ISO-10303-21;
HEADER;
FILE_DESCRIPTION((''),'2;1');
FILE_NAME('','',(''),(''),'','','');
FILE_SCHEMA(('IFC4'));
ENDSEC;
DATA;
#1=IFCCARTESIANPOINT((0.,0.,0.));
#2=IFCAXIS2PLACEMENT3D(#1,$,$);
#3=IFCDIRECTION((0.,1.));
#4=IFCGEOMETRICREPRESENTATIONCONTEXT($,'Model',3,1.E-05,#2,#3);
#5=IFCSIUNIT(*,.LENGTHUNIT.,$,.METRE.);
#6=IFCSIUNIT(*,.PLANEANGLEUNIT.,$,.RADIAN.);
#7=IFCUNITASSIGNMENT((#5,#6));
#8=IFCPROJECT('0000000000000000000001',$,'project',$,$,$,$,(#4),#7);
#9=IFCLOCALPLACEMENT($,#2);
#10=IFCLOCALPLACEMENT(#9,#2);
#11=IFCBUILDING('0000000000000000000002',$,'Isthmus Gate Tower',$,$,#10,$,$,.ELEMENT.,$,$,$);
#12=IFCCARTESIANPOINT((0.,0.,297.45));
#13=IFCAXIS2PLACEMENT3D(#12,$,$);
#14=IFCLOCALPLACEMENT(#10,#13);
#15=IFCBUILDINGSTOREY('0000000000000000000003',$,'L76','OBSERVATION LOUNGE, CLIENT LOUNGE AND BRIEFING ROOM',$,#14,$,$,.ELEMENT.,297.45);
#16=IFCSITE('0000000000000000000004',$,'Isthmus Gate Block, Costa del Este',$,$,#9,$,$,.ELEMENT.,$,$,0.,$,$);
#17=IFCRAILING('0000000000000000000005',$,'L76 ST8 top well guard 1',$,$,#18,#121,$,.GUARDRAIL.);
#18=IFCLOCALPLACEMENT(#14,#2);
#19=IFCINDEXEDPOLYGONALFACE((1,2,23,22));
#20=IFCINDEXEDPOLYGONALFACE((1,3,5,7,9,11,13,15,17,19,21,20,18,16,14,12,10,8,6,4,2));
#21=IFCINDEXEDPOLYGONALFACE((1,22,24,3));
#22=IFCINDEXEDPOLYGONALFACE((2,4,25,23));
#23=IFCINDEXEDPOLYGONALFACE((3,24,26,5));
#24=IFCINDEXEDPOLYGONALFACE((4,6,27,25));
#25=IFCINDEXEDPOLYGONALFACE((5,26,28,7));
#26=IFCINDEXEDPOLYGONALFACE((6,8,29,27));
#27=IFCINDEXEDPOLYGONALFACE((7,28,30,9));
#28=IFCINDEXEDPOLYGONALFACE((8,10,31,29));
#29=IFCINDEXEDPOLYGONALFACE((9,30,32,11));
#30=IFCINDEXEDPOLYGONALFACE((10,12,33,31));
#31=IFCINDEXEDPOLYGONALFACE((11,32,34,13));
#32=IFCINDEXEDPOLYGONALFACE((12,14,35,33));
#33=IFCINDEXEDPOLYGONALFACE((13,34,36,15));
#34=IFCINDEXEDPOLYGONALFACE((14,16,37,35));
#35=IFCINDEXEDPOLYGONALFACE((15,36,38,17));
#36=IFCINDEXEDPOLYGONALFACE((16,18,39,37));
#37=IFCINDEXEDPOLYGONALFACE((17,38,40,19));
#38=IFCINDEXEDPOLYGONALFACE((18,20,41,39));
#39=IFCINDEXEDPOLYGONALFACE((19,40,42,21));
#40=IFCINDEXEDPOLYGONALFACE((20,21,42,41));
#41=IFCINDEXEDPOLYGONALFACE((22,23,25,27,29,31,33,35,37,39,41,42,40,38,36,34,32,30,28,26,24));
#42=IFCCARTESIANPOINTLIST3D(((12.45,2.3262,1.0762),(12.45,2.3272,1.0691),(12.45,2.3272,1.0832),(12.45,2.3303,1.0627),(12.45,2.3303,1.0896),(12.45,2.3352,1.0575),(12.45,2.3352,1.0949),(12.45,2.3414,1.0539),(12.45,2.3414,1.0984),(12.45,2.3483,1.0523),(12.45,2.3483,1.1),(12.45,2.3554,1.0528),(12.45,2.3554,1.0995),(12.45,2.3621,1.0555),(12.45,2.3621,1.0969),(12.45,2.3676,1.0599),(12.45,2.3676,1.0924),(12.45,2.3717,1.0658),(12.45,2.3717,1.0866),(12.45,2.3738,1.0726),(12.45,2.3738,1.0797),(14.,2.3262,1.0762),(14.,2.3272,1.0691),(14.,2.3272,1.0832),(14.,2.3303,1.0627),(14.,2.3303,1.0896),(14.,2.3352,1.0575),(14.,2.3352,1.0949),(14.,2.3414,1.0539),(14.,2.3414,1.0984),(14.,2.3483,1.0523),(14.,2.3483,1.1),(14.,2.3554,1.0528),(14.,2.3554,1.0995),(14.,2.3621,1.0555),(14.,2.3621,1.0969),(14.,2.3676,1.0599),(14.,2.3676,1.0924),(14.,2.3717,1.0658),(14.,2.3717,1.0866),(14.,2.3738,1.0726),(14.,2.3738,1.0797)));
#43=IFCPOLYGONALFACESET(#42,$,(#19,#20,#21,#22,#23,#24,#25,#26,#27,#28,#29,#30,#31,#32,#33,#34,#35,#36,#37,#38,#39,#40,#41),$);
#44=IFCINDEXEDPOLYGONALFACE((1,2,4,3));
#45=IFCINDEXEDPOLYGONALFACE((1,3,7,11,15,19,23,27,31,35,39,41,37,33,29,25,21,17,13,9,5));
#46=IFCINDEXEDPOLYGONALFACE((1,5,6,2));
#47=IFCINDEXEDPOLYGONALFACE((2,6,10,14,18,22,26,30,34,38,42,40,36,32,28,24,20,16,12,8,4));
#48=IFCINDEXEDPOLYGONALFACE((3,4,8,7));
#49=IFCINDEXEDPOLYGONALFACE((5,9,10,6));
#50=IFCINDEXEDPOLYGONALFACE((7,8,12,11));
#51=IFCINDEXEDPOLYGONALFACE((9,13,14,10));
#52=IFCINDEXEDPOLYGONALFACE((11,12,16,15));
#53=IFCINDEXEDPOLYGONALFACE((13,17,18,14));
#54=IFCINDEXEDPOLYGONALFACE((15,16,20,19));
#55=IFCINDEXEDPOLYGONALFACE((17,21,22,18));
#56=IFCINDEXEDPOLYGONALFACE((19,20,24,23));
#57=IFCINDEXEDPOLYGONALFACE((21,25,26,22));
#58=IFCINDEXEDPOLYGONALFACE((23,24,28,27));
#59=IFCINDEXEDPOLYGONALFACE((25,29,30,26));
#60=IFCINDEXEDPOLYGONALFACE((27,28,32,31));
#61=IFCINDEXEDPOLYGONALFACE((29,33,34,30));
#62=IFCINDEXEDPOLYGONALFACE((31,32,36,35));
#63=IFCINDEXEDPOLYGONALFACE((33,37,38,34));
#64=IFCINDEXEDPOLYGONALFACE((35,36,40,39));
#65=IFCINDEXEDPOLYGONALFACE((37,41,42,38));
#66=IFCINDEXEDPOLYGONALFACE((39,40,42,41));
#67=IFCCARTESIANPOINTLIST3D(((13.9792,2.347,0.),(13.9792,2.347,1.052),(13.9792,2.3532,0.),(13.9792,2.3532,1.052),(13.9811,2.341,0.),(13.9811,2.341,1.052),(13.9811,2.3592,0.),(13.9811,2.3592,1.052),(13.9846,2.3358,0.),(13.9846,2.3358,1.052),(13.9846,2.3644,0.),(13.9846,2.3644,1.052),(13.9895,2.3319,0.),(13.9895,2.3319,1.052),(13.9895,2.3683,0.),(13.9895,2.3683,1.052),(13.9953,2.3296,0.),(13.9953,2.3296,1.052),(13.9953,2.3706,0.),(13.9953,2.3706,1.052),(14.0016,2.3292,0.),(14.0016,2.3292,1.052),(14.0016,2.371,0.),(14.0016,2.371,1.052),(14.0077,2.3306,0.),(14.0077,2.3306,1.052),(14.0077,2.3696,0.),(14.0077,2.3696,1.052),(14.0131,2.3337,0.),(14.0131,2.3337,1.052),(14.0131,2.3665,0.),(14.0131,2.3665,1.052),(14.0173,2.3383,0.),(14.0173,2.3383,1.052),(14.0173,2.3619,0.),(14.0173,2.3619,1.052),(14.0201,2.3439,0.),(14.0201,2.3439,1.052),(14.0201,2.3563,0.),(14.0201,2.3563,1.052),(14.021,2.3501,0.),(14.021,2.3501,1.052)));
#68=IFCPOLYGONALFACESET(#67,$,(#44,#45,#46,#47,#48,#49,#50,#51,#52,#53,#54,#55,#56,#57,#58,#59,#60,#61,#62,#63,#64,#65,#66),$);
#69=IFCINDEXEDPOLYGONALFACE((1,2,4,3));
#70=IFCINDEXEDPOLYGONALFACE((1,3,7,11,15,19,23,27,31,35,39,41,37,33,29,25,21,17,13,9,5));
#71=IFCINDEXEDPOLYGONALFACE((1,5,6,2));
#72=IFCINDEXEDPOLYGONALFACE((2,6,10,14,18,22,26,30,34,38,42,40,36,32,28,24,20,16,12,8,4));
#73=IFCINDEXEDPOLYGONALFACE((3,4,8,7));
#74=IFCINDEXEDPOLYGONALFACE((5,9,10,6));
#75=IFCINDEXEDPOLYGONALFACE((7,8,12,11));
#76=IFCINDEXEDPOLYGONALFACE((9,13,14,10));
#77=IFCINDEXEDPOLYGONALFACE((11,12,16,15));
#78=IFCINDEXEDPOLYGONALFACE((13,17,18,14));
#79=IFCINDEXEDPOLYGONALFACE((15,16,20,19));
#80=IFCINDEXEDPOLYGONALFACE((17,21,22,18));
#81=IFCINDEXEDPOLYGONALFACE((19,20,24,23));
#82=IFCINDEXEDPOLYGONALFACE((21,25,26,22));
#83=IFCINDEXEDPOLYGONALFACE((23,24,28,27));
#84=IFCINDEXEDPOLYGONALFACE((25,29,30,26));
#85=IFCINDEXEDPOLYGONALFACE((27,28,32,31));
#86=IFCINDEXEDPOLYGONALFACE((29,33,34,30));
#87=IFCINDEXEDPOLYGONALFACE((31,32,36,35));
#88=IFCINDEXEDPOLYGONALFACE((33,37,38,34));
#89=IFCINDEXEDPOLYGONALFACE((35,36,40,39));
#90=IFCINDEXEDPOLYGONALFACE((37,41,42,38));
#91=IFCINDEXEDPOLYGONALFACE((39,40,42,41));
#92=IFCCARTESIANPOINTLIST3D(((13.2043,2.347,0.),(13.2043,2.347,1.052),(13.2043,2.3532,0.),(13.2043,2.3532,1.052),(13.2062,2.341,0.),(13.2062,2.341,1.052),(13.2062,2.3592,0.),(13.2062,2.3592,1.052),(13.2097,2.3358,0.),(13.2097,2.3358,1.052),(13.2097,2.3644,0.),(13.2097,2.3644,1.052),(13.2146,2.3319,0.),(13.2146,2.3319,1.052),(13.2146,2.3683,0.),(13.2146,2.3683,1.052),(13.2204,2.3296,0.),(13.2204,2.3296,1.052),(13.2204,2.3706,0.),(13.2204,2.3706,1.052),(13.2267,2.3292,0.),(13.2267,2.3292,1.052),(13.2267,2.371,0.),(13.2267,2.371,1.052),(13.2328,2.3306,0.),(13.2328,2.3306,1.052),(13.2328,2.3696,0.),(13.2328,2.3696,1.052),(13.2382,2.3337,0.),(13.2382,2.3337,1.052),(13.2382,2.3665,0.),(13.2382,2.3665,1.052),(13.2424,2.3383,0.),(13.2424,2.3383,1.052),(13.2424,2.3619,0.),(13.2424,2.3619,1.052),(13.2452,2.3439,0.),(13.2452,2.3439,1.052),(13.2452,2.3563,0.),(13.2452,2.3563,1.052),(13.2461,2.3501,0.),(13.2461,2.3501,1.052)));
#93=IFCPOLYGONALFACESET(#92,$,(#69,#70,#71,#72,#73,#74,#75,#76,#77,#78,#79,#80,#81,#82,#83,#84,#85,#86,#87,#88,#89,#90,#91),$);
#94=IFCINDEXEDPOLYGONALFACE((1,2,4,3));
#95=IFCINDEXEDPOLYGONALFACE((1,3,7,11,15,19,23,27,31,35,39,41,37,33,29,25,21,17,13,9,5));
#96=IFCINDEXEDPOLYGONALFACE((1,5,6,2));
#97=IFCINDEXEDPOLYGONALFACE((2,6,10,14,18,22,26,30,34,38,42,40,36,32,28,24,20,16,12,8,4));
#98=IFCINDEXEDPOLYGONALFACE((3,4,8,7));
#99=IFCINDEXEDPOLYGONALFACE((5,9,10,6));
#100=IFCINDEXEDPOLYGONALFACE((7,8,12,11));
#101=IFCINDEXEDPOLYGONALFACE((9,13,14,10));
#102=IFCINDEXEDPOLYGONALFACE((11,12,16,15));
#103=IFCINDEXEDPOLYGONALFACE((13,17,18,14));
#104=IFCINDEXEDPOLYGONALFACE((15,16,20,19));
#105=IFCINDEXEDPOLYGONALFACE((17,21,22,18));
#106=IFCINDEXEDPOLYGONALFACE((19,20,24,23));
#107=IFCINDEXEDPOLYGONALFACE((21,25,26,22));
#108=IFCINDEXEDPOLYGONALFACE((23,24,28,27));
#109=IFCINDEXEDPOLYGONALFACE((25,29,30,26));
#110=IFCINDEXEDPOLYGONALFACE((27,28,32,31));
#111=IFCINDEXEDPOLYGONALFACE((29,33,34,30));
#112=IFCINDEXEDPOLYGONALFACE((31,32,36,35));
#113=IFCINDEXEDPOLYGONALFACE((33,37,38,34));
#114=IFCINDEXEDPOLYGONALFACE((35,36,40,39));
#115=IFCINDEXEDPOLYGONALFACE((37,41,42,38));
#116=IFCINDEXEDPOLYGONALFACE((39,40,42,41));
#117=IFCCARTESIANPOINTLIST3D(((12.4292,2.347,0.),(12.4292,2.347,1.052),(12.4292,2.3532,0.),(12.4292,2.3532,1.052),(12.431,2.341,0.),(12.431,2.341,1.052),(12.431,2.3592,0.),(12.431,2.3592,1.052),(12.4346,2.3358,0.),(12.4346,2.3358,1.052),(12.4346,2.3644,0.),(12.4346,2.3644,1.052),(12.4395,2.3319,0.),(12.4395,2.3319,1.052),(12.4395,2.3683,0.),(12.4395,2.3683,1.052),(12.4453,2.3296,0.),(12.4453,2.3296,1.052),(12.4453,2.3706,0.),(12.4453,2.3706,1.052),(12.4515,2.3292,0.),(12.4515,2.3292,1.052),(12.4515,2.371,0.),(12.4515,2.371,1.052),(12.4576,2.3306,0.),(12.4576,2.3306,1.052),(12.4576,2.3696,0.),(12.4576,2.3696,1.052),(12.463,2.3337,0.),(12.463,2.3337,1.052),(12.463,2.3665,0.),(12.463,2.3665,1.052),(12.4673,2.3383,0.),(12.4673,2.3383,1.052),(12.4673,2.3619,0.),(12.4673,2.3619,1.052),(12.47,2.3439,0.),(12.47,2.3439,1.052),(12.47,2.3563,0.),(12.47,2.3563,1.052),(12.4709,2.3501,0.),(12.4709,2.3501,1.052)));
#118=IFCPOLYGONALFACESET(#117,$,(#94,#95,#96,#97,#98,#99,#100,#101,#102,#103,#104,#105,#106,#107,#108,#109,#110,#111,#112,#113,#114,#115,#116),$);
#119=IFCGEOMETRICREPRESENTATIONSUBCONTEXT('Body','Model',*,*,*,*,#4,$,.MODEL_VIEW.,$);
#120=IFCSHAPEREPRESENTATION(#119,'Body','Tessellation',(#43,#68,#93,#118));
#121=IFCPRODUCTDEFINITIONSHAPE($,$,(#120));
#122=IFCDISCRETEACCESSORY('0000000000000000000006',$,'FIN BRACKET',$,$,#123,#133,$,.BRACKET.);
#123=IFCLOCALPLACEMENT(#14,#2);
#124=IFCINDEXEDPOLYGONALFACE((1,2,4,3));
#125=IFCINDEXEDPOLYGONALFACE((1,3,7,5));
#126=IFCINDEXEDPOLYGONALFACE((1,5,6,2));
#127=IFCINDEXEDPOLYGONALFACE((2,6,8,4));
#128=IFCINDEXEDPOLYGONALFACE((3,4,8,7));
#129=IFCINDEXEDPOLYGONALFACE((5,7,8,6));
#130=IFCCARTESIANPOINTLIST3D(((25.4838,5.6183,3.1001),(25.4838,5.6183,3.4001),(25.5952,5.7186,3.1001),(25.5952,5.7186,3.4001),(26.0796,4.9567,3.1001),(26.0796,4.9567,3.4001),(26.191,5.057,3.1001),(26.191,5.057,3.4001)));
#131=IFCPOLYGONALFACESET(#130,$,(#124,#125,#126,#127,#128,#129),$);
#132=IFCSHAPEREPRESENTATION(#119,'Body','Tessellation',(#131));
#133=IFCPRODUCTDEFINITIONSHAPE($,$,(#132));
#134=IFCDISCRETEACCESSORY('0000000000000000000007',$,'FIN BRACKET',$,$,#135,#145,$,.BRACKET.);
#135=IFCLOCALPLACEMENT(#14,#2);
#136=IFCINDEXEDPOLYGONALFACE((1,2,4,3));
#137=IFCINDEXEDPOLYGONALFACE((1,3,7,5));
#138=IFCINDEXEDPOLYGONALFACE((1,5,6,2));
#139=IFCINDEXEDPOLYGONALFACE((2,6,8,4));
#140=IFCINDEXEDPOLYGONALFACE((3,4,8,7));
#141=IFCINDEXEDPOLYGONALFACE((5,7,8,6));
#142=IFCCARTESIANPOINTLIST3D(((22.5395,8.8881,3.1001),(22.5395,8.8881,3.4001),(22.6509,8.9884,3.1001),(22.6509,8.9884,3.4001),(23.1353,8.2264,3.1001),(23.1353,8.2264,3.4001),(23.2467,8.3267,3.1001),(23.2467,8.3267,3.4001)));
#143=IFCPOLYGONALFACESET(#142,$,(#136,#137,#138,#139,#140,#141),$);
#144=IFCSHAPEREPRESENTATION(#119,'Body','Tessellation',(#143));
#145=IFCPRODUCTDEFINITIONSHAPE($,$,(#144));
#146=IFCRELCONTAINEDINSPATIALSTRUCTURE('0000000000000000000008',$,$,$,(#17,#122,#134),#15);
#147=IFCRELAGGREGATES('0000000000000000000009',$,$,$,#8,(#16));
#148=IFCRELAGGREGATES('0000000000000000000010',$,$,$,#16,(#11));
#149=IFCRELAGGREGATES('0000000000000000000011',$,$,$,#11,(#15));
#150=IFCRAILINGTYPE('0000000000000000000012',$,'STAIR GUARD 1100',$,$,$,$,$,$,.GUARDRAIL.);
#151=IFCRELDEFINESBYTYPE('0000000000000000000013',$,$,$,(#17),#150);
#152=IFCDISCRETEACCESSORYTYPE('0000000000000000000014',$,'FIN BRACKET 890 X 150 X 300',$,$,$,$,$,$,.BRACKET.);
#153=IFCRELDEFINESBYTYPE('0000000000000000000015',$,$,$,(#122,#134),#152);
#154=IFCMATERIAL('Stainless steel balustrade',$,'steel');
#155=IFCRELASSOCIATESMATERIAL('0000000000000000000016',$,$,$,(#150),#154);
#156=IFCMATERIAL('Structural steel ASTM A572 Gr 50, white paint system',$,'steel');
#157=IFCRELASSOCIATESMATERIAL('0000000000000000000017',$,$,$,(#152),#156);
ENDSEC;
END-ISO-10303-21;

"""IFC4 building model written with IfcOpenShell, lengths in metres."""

from ifc_helpers import new_model, si_unit, direction, frame, origin, origin_2d, place, context, subcontext, project, spatial, rectangle, circle, extrude, material, type_object, element, save


model = new_model("IFC4")

# Units and contexts
model_context = context("Model", 3, precision=1e-05, world=origin(), true_north=direction((0.0, 1.0)))
body_context = subcontext(model_context, "Body", "Model", "MODEL_VIEW")
ifc_project = project(units=[si_unit("LENGTHUNIT", "METRE"), si_unit("PLANEANGLEUNIT", "RADIAN")], contexts=[model_context])

# Site, building, storey
site_placement = place(None, origin())
site = spatial("IfcSite", under=ifc_project, at=site_placement, Name="Isthmus Gate Block, Costa del Este", CompositionType="ELEMENT", RefElevation=0.0)
building_placement = place(site_placement, origin())
building = spatial("IfcBuilding", under=site, at=building_placement, Name="Isthmus Gate Tower", CompositionType="ELEMENT")
storey_placement = place(building_placement, frame((0.0, 0.0, 297.45)))
storey = spatial("IfcBuildingStorey", under=building, at=storey_placement, Name="L76", Description="OBSERVATION LOUNGE, CLIENT LOUNGE AND BRIEFING ROOM", CompositionType="ELEMENT", Elevation=297.45)

# Railing
ifc_material_1 = material(Name="Stainless steel balustrade", Category="steel")
railing_type = type_object("IfcRailingType", Name="STAIR GUARD 1100", PredefinedType="GUARDRAIL", material=ifc_material_1)
railing_placement = place(storey_placement, frame((14.0, 2.3501, 0.0)))
element("IfcRailing", 1, at=railing_placement, inside=storey, type_object=railing_type, Name="L76 ST8 top well guard 1", PredefinedType="GUARDRAIL", context=body_context, shape_type="SweptSolid", body=[
    extrude(circle(Radius=0.0239, at=origin_2d()), frame((0.0, 0.0, 1.0762), z_axis=(-1.0, 0.0, 0.0), x_axis=(0.0, -1.0, 0.0)), (0.0, 0.0, 1.0), 1.55),
    extrude(circle(Radius=0.021, at=origin_2d()), origin(), (0.0, 0.0, 1.0), 1.052),
    extrude(circle(Radius=0.021, at=origin_2d()), frame((-0.7749, 0.0, 0.0)), (0.0, 0.0, 1.0), 1.052),
    extrude(circle(Radius=0.021, at=origin_2d()), frame((-1.55, 0.0, 0.0)), (0.0, 0.0, 1.0), 1.052),
])

# Discrete accessories
ifc_material_2 = material(Name="Structural steel ASTM A572 Gr 50, white paint system", Category="steel")
discrete_accessory_type = type_object("IfcDiscreteAccessoryType", Name="FIN BRACKET 890 X 150 X 300", PredefinedType="BRACKET", material=ifc_material_2)
for number, where, z_axis, x_axis, name in (
    (2, (25.8374, 5.3376, 3.1001), (0.0, 0.0, 1.0), (0.743145, 0.669131, 0.0), "FIN BRACKET"),
    (3, (22.8931, 8.6074, 3.1001), (0.0, 0.0, 1.0), (0.743145, 0.669131, 0.0), "FIN BRACKET"),
):
    element("IfcDiscreteAccessory", number, at=place(storey_placement, frame(where, z_axis=z_axis, x_axis=x_axis)), inside=storey, type_object=discrete_accessory_type, Name=name, PredefinedType="BRACKET", context=body_context, shape_type="SweptSolid", body=[
        extrude(rectangle(XDim=0.1499, YDim=0.8904, at=origin_2d()), origin(), (0.0, 0.0, 1.0), 0.3),
    ])

save(model, "model.ifc")
